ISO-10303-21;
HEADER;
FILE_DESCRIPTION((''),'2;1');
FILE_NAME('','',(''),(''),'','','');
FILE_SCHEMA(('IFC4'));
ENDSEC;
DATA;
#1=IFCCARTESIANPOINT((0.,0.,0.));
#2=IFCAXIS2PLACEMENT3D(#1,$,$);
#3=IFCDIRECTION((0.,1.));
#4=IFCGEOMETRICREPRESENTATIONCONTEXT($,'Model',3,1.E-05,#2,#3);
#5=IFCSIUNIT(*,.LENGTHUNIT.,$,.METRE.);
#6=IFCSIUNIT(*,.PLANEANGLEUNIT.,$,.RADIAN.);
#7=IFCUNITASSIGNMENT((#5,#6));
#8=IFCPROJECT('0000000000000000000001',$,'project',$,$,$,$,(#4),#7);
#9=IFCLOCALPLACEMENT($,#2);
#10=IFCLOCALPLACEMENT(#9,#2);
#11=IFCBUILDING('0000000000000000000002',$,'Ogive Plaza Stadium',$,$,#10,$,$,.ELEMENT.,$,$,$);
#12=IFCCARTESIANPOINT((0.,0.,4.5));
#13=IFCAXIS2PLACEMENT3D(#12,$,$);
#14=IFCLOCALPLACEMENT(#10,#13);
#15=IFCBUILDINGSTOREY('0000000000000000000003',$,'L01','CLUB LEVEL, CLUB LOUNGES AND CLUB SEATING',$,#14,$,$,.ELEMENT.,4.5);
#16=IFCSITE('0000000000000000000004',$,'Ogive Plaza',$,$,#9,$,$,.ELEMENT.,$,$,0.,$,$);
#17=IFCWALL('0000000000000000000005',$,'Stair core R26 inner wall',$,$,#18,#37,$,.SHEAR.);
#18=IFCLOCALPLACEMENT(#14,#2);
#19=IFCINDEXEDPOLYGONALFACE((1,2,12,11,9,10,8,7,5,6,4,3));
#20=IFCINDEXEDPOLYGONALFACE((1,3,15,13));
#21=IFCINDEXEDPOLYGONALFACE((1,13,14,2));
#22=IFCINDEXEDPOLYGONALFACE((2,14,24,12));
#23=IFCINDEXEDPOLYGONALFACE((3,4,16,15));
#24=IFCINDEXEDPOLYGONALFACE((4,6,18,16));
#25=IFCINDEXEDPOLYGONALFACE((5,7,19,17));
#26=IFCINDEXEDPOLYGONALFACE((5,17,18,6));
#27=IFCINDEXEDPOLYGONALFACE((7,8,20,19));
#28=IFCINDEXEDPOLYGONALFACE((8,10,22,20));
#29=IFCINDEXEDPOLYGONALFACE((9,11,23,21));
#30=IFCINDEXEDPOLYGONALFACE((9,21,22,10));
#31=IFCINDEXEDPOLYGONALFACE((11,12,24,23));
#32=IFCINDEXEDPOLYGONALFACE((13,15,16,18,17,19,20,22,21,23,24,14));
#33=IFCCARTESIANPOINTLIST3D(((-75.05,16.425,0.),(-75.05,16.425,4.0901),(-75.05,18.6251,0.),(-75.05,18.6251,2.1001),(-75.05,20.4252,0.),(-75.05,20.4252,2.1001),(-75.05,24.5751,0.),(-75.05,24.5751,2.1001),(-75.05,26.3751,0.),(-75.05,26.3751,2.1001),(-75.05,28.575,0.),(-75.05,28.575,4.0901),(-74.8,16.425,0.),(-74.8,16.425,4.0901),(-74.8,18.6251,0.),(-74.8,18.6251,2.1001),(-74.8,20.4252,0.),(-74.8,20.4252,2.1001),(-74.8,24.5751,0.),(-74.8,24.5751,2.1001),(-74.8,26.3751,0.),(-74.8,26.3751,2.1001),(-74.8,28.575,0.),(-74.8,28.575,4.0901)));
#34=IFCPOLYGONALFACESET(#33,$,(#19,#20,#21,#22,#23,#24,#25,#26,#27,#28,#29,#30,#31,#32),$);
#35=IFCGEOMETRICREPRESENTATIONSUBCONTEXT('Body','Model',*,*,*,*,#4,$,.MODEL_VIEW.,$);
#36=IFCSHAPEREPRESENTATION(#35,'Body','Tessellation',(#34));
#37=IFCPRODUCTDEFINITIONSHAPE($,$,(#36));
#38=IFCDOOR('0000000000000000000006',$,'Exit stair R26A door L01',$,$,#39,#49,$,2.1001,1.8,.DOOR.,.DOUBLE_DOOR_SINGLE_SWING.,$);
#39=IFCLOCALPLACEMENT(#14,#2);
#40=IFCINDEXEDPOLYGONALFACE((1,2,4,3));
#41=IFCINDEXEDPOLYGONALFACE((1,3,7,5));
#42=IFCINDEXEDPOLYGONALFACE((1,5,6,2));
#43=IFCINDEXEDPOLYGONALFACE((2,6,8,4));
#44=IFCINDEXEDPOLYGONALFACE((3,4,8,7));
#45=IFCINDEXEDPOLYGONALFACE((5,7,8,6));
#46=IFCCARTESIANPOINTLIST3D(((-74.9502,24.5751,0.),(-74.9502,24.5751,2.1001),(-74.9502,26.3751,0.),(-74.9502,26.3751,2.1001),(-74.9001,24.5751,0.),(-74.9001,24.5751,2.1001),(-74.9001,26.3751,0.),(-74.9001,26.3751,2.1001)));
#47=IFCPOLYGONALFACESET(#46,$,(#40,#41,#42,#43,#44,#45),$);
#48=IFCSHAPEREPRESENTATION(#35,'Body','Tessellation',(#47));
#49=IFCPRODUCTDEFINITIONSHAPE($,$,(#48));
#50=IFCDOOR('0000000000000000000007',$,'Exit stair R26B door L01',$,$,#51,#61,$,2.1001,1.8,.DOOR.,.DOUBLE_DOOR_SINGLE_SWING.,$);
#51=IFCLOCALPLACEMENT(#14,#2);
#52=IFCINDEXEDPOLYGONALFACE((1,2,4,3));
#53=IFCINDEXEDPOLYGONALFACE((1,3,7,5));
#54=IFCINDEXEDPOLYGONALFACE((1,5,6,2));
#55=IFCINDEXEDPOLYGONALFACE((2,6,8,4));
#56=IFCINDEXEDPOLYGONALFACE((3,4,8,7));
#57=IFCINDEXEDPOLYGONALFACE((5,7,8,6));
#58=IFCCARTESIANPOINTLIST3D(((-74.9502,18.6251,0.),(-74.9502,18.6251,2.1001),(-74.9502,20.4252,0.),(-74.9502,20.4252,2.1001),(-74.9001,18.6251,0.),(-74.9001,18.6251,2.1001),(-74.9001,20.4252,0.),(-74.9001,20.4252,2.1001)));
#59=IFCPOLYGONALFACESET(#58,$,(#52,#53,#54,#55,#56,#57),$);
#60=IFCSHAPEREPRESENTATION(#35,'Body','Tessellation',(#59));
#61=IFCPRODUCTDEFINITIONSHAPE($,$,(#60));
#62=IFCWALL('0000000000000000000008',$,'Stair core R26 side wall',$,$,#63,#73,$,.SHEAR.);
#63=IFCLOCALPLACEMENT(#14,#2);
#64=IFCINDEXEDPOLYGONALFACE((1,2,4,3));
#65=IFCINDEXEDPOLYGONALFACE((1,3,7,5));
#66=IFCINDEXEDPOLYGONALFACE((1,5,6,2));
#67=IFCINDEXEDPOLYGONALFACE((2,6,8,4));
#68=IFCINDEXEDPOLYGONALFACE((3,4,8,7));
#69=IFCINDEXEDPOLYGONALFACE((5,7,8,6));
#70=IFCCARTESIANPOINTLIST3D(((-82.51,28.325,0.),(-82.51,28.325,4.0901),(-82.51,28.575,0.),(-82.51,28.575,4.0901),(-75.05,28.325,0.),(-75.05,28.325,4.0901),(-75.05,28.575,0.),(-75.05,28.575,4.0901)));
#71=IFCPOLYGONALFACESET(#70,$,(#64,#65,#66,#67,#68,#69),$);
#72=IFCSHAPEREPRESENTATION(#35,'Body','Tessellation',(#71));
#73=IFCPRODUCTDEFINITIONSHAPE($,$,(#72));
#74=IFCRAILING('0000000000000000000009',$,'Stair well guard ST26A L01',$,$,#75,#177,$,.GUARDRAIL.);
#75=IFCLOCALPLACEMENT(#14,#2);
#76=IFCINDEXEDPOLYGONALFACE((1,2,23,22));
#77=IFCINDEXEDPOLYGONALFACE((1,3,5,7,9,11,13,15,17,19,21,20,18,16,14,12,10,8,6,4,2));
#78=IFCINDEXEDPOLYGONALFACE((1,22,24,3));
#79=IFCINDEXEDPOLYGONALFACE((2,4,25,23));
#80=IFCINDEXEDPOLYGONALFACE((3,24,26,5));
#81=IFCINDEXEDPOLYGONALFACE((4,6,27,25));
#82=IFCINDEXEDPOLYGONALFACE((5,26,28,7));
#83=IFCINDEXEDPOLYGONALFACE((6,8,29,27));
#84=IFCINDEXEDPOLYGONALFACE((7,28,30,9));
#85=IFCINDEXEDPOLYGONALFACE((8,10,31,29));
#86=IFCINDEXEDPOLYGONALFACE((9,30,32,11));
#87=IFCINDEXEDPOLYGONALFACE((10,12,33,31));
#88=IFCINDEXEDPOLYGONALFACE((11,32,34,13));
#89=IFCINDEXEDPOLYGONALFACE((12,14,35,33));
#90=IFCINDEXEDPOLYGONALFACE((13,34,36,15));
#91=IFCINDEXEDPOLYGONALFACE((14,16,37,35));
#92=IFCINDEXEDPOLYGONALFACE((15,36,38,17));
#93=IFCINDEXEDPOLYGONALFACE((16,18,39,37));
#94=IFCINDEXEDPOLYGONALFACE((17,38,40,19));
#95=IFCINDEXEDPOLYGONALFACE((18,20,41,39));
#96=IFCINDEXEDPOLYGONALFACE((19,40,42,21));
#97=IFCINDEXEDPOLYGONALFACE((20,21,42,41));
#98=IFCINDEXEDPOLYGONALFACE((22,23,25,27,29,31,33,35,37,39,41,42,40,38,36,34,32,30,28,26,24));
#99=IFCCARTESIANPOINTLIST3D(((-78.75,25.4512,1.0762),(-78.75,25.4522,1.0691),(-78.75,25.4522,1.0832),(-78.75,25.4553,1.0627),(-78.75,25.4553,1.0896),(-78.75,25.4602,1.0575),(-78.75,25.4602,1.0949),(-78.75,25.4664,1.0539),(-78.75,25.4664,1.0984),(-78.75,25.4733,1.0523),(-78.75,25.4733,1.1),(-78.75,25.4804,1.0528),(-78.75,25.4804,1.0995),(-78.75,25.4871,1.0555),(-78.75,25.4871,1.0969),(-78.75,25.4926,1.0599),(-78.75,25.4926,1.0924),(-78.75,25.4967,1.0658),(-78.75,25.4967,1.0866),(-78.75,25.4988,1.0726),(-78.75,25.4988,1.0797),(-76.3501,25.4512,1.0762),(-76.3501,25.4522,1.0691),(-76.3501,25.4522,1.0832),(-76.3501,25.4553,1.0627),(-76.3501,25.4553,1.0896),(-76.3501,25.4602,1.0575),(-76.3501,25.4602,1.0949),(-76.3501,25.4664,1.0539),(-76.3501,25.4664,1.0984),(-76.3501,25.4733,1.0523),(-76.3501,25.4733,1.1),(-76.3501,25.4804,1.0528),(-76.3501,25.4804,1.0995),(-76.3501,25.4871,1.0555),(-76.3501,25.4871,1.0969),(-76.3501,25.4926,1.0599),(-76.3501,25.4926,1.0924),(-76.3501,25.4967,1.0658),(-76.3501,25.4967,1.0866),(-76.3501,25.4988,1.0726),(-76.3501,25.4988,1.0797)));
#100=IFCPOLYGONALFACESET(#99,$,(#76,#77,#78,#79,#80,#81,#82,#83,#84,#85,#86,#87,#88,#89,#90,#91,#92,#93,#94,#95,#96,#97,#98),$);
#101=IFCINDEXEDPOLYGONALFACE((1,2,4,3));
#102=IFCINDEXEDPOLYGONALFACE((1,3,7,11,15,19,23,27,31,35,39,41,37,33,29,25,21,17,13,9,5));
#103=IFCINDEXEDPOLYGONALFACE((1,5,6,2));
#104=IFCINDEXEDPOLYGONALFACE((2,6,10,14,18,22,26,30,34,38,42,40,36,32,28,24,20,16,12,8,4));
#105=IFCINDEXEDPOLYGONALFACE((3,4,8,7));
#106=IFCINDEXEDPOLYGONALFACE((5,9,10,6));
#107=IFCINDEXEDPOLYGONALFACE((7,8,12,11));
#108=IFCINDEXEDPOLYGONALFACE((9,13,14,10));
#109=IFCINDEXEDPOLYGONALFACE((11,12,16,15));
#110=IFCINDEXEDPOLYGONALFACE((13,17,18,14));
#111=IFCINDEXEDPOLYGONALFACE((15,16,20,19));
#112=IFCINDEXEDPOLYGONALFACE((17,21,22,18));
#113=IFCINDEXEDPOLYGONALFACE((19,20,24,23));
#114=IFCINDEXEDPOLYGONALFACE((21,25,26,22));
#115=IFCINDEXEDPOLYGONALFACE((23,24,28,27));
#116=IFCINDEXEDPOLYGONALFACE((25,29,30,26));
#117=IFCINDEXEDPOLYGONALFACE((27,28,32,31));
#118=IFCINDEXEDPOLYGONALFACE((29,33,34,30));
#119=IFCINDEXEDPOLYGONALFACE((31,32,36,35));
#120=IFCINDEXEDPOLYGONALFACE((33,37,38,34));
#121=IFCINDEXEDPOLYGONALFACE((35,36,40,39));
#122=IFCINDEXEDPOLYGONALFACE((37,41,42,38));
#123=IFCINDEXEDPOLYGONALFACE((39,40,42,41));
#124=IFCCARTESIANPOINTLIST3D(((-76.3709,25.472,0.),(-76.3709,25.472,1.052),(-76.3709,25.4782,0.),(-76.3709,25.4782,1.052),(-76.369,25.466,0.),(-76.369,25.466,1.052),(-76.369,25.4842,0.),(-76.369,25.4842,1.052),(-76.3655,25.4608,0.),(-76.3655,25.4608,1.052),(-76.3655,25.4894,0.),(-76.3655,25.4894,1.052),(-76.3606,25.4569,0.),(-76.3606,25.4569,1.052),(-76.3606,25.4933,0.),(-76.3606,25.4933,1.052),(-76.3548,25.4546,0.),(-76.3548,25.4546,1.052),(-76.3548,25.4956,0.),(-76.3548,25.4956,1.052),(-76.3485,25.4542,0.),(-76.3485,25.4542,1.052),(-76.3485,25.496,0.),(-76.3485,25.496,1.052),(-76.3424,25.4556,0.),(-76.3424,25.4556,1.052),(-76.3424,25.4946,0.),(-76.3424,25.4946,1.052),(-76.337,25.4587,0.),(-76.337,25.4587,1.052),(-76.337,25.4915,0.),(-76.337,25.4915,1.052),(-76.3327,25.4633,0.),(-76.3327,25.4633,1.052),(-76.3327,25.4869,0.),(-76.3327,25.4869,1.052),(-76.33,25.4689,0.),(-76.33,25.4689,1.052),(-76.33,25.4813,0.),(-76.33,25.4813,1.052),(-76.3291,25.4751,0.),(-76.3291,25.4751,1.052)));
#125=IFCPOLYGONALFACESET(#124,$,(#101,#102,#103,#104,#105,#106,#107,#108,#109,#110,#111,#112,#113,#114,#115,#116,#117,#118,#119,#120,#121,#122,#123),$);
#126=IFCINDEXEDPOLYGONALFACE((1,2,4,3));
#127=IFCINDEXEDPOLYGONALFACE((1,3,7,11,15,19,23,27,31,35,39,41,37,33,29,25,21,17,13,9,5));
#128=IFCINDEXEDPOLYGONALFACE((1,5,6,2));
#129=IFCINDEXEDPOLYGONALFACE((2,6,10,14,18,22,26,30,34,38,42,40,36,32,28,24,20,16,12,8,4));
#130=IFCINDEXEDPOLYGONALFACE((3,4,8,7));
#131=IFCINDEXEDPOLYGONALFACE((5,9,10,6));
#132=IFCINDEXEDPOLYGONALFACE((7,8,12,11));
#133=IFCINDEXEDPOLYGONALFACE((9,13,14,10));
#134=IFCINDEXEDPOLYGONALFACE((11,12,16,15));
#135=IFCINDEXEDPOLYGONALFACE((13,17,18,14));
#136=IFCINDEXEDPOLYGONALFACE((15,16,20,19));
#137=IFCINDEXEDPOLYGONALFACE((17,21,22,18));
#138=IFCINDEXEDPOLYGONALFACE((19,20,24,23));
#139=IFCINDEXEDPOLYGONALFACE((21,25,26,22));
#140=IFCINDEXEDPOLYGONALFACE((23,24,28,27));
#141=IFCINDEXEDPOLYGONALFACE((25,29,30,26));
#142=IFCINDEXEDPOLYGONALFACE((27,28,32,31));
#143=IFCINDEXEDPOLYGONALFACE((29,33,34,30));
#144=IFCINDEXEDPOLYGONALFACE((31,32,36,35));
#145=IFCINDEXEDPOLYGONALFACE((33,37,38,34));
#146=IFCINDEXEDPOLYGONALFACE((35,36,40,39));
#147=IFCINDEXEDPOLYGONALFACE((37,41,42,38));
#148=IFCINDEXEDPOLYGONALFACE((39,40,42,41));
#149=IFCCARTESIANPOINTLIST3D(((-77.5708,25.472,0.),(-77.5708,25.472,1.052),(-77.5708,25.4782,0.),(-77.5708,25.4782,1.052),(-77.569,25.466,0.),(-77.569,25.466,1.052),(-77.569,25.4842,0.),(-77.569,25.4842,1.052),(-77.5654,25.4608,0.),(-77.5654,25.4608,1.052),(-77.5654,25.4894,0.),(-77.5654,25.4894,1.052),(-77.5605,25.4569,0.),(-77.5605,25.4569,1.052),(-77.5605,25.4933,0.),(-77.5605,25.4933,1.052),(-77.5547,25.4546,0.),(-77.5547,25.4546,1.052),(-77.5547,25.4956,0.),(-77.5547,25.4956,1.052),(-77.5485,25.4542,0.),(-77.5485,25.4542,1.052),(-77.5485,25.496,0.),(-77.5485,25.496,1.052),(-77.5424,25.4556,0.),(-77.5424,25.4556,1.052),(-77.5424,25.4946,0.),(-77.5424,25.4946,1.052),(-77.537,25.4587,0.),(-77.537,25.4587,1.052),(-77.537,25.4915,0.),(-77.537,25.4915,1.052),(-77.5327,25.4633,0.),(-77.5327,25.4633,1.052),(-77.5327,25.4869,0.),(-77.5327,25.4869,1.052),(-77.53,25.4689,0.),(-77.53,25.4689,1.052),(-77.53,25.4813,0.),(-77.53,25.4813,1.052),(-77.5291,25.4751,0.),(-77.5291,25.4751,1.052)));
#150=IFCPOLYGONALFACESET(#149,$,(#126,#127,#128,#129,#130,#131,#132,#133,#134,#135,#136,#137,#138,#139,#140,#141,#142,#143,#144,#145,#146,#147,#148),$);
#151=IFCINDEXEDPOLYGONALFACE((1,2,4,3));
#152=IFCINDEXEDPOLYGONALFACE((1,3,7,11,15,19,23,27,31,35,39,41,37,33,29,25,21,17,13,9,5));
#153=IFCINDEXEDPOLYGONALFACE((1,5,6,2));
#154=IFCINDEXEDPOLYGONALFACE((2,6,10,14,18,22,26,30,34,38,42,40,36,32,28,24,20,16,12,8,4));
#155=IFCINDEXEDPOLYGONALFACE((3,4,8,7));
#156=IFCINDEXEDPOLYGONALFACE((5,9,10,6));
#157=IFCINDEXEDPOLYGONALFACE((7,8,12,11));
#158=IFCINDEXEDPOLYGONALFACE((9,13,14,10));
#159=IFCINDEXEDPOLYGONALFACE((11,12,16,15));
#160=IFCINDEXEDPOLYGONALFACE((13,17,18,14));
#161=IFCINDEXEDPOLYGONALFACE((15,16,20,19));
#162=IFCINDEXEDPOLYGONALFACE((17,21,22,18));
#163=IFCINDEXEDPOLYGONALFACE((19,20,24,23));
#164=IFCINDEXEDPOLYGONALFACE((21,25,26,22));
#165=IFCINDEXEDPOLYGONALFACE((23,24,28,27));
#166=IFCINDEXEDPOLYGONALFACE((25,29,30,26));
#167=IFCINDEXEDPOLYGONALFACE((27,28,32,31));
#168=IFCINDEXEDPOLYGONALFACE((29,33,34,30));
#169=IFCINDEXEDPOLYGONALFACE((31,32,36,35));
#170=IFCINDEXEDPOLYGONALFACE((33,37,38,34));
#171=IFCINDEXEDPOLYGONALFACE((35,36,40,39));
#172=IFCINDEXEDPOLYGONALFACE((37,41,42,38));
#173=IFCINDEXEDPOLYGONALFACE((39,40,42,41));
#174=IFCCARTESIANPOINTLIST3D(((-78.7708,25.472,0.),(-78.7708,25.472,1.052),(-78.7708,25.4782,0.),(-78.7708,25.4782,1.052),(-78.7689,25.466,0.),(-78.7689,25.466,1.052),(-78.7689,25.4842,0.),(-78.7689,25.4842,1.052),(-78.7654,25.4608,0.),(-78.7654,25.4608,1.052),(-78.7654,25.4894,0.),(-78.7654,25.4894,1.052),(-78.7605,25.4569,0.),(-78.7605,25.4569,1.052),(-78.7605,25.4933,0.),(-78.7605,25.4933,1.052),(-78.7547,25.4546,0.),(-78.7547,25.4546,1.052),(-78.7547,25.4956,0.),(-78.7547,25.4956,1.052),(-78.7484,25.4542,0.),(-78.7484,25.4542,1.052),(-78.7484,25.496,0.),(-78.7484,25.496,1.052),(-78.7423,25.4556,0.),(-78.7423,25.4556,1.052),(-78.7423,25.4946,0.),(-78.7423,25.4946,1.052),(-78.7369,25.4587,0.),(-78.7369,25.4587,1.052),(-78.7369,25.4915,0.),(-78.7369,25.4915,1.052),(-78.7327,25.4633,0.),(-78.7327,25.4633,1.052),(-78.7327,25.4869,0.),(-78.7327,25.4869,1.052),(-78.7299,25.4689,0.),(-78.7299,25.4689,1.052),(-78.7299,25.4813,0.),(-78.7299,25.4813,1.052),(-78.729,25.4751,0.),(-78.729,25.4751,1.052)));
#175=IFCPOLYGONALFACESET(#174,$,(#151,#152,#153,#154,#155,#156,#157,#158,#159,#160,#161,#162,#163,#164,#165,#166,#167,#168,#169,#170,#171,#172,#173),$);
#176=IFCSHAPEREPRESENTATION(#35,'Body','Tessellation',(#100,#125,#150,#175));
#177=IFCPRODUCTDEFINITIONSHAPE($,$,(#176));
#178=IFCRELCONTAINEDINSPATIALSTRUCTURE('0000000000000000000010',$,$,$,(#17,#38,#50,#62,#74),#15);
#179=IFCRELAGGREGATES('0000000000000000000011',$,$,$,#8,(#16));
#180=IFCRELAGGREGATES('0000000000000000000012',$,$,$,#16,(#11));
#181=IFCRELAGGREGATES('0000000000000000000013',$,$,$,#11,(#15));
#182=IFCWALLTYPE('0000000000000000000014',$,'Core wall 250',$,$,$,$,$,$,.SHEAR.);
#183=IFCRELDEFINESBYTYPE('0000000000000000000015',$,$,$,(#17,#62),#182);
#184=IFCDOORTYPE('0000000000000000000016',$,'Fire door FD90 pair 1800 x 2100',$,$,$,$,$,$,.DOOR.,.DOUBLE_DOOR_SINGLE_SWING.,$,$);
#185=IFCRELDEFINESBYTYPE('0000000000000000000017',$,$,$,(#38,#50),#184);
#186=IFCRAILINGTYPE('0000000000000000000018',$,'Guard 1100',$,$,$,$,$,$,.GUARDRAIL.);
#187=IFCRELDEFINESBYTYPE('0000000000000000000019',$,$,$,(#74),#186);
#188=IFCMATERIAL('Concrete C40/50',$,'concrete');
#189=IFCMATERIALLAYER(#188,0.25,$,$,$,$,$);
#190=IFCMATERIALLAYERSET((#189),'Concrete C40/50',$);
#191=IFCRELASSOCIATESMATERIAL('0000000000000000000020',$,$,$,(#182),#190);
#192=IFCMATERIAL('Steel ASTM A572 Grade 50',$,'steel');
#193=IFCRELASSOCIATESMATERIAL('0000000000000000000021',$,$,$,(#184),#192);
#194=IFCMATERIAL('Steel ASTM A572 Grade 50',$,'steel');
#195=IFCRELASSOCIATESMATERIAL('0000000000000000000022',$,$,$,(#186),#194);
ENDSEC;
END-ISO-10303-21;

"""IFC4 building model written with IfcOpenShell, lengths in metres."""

from ifc_helpers import new_model, si_unit, direction, frame, frame_2d, origin, origin_2d, place, context, subcontext, project, spatial, rectangle, circle, extrude, material, layer, layer_set, type_object, element, fill, save


model = new_model("IFC4")

# Units and contexts
model_context = context("Model", 3, precision=1e-05, world=origin(), true_north=direction((0.0, 1.0)))
body_context = subcontext(model_context, "Body", "Model", "MODEL_VIEW")
ifc_project = project(units=[si_unit("LENGTHUNIT", "METRE"), si_unit("PLANEANGLEUNIT", "RADIAN")], contexts=[model_context])

# Site, building, storey
site_placement = place(None, origin())
site = spatial("IfcSite", under=ifc_project, at=site_placement, Name="Ogive Plaza", CompositionType="ELEMENT", RefElevation=0.0)
building_placement = place(site_placement, origin())
building = spatial("IfcBuilding", under=site, at=building_placement, Name="Ogive Plaza Stadium", CompositionType="ELEMENT")
storey_placement = place(building_placement, frame((0.0, 0.0, 4.5)))
storey = spatial("IfcBuildingStorey", under=building, at=storey_placement, Name="L01", Description="CLUB LEVEL, CLUB LOUNGES AND CLUB SEATING", CompositionType="ELEMENT", Elevation=4.5)

# Wall, openings, doors
ifc_material_1 = material(Name="Concrete C40/50", Category="concrete")
ifc_layer_1 = layer(ifc_material_1, 0.25)
ifc_layer_set_1 = layer_set([ifc_layer_1], Name="Concrete C40/50")
wall_type_1 = type_object("IfcWallType", Name="Core wall 250", PredefinedType="SHEAR", material=ifc_layer_set_1)
wall_1_placement = place(storey_placement, frame((-74.925, 28.575, 0.0), z_axis=(0.0, 0.0, 1.0), x_axis=(0.0, -1.0, 0.0)))
wall_1 = element("IfcWall", 1, at=wall_1_placement, inside=storey, type_object=wall_type_1, Name="Stair core R26 inner wall", PredefinedType="SHEAR", context=body_context, shape_type="SweptSolid", body=[
    extrude(rectangle(XDim=12.1499, YDim=0.25, at=frame_2d((6.075, 0.0))), origin(), (0.0, 0.0, 1.0), 4.0901),
])
opening_1_placement = place(wall_1_placement, frame((2.2, 0.0, 0.0)))
opening_1 = element("IfcOpeningElement", 2, at=opening_1_placement, cuts=wall_1, PredefinedType="OPENING", context=body_context, shape_type="SweptSolid", body=[
    extrude(rectangle(XDim=1.8, YDim=2.1001, at=frame_2d((0.8999, 1.05))), frame((0.0, 0.125, 0.0), z_axis=(0.0, -1.0, 0.0), x_axis=(1.0, 0.0, 0.0)), (0.0, 0.0, 1.0), 0.25),
])
opening_2_placement = place(wall_1_placement, frame((8.1499, 0.0, 0.0)))
opening_2 = element("IfcOpeningElement", 3, at=opening_2_placement, cuts=wall_1, PredefinedType="OPENING", context=body_context, shape_type="SweptSolid", body=[
    extrude(rectangle(XDim=1.8, YDim=2.1001, at=frame_2d((0.8999, 1.05))), frame((0.0, 0.125, 0.0), z_axis=(0.0, -1.0, 0.0), x_axis=(1.0, 0.0, 0.0)), (0.0, 0.0, 1.0), 0.25),
])
ifc_material_2 = material(Name="Steel ASTM A572 Grade 50", Category="steel")
door_type_1 = type_object("IfcDoorType", Name="Fire door FD90 pair 1800 x 2100", OperationType="DOUBLE_DOOR_SINGLE_SWING", PredefinedType="DOOR", material=ifc_material_2)
door_1_placement = place(opening_1_placement, origin())
door_1 = element("IfcDoor", 4, at=door_1_placement, inside=storey, type_object=door_type_1, Name="Exit stair R26A door L01", OperationType="DOUBLE_DOOR_SINGLE_SWING", OverallHeight=2.1001, OverallWidth=1.8, PredefinedType="DOOR", context=body_context, shape_type="SweptSolid", body=[
    extrude(rectangle(XDim=1.8, YDim=2.1001, at=frame_2d((0.8999, 1.05))), frame((0.0, 0.0249, 0.0), z_axis=(0.0, -1.0, 0.0), x_axis=(1.0, 0.0, 0.0)), (0.0, 0.0, 1.0), 0.05),
])
fill(opening_1, door_1)
door_2_placement = place(opening_2_placement, origin())
door_2 = element("IfcDoor", 5, at=door_2_placement, inside=storey, type_object=door_type_1, Name="Exit stair R26B door L01", OperationType="DOUBLE_DOOR_SINGLE_SWING", OverallHeight=2.1001, OverallWidth=1.8, PredefinedType="DOOR", context=body_context, shape_type="SweptSolid", body=[
    extrude(rectangle(XDim=1.8, YDim=2.1001, at=frame_2d((0.8999, 1.05))), frame((0.0, 0.0249, 0.0), z_axis=(0.0, -1.0, 0.0), x_axis=(1.0, 0.0, 0.0)), (0.0, 0.0, 1.0), 0.05),
])
fill(opening_2, door_2)

# Wall
wall_2_placement = place(storey_placement, frame((-75.05, 28.45, 0.0), z_axis=(0.0, 0.0, 1.0), x_axis=(-1.0, 0.0, 0.0)))
element("IfcWall", 6, at=wall_2_placement, inside=storey, type_object=wall_type_1, Name="Stair core R26 side wall", PredefinedType="SHEAR", context=body_context, shape_type="SweptSolid", body=[
    extrude(rectangle(XDim=7.46, YDim=0.25, at=frame_2d((3.73, 0.0))), origin(), (0.0, 0.0, 1.0), 4.0901),
])

# Railing
ifc_material_3 = material(Name="Steel ASTM A572 Grade 50", Category="steel")
railing_type_1 = type_object("IfcRailingType", Name="Guard 1100", PredefinedType="GUARDRAIL", material=ifc_material_3)
for number, where, name in (
    (7, (-76.3501, 25.4751, 0.0), "Stair well guard ST26A L01"),
):
    element("IfcRailing", number, at=place(storey_placement, frame(where)), inside=storey, type_object=railing_type_1, Name=name, PredefinedType="GUARDRAIL", context=body_context, shape_type="SweptSolid", body=[
        extrude(circle(Radius=0.0239, at=origin_2d()), frame((0.0, 0.0, 1.0762), z_axis=(-1.0, 0.0, 0.0), x_axis=(0.0, -1.0, 0.0)), (0.0, 0.0, 1.0), 2.3999),
        extrude(circle(Radius=0.021, at=origin_2d()), origin(), (0.0, 0.0, 1.0), 1.052),
        extrude(circle(Radius=0.021, at=origin_2d()), frame((-1.2, 0.0, 0.0)), (0.0, 0.0, 1.0), 1.052),
        extrude(circle(Radius=0.021, at=origin_2d()), frame((-2.3999, 0.0, 0.0)), (0.0, 0.0, 1.0), 1.052),
    ])

save(model, "model.ifc")
